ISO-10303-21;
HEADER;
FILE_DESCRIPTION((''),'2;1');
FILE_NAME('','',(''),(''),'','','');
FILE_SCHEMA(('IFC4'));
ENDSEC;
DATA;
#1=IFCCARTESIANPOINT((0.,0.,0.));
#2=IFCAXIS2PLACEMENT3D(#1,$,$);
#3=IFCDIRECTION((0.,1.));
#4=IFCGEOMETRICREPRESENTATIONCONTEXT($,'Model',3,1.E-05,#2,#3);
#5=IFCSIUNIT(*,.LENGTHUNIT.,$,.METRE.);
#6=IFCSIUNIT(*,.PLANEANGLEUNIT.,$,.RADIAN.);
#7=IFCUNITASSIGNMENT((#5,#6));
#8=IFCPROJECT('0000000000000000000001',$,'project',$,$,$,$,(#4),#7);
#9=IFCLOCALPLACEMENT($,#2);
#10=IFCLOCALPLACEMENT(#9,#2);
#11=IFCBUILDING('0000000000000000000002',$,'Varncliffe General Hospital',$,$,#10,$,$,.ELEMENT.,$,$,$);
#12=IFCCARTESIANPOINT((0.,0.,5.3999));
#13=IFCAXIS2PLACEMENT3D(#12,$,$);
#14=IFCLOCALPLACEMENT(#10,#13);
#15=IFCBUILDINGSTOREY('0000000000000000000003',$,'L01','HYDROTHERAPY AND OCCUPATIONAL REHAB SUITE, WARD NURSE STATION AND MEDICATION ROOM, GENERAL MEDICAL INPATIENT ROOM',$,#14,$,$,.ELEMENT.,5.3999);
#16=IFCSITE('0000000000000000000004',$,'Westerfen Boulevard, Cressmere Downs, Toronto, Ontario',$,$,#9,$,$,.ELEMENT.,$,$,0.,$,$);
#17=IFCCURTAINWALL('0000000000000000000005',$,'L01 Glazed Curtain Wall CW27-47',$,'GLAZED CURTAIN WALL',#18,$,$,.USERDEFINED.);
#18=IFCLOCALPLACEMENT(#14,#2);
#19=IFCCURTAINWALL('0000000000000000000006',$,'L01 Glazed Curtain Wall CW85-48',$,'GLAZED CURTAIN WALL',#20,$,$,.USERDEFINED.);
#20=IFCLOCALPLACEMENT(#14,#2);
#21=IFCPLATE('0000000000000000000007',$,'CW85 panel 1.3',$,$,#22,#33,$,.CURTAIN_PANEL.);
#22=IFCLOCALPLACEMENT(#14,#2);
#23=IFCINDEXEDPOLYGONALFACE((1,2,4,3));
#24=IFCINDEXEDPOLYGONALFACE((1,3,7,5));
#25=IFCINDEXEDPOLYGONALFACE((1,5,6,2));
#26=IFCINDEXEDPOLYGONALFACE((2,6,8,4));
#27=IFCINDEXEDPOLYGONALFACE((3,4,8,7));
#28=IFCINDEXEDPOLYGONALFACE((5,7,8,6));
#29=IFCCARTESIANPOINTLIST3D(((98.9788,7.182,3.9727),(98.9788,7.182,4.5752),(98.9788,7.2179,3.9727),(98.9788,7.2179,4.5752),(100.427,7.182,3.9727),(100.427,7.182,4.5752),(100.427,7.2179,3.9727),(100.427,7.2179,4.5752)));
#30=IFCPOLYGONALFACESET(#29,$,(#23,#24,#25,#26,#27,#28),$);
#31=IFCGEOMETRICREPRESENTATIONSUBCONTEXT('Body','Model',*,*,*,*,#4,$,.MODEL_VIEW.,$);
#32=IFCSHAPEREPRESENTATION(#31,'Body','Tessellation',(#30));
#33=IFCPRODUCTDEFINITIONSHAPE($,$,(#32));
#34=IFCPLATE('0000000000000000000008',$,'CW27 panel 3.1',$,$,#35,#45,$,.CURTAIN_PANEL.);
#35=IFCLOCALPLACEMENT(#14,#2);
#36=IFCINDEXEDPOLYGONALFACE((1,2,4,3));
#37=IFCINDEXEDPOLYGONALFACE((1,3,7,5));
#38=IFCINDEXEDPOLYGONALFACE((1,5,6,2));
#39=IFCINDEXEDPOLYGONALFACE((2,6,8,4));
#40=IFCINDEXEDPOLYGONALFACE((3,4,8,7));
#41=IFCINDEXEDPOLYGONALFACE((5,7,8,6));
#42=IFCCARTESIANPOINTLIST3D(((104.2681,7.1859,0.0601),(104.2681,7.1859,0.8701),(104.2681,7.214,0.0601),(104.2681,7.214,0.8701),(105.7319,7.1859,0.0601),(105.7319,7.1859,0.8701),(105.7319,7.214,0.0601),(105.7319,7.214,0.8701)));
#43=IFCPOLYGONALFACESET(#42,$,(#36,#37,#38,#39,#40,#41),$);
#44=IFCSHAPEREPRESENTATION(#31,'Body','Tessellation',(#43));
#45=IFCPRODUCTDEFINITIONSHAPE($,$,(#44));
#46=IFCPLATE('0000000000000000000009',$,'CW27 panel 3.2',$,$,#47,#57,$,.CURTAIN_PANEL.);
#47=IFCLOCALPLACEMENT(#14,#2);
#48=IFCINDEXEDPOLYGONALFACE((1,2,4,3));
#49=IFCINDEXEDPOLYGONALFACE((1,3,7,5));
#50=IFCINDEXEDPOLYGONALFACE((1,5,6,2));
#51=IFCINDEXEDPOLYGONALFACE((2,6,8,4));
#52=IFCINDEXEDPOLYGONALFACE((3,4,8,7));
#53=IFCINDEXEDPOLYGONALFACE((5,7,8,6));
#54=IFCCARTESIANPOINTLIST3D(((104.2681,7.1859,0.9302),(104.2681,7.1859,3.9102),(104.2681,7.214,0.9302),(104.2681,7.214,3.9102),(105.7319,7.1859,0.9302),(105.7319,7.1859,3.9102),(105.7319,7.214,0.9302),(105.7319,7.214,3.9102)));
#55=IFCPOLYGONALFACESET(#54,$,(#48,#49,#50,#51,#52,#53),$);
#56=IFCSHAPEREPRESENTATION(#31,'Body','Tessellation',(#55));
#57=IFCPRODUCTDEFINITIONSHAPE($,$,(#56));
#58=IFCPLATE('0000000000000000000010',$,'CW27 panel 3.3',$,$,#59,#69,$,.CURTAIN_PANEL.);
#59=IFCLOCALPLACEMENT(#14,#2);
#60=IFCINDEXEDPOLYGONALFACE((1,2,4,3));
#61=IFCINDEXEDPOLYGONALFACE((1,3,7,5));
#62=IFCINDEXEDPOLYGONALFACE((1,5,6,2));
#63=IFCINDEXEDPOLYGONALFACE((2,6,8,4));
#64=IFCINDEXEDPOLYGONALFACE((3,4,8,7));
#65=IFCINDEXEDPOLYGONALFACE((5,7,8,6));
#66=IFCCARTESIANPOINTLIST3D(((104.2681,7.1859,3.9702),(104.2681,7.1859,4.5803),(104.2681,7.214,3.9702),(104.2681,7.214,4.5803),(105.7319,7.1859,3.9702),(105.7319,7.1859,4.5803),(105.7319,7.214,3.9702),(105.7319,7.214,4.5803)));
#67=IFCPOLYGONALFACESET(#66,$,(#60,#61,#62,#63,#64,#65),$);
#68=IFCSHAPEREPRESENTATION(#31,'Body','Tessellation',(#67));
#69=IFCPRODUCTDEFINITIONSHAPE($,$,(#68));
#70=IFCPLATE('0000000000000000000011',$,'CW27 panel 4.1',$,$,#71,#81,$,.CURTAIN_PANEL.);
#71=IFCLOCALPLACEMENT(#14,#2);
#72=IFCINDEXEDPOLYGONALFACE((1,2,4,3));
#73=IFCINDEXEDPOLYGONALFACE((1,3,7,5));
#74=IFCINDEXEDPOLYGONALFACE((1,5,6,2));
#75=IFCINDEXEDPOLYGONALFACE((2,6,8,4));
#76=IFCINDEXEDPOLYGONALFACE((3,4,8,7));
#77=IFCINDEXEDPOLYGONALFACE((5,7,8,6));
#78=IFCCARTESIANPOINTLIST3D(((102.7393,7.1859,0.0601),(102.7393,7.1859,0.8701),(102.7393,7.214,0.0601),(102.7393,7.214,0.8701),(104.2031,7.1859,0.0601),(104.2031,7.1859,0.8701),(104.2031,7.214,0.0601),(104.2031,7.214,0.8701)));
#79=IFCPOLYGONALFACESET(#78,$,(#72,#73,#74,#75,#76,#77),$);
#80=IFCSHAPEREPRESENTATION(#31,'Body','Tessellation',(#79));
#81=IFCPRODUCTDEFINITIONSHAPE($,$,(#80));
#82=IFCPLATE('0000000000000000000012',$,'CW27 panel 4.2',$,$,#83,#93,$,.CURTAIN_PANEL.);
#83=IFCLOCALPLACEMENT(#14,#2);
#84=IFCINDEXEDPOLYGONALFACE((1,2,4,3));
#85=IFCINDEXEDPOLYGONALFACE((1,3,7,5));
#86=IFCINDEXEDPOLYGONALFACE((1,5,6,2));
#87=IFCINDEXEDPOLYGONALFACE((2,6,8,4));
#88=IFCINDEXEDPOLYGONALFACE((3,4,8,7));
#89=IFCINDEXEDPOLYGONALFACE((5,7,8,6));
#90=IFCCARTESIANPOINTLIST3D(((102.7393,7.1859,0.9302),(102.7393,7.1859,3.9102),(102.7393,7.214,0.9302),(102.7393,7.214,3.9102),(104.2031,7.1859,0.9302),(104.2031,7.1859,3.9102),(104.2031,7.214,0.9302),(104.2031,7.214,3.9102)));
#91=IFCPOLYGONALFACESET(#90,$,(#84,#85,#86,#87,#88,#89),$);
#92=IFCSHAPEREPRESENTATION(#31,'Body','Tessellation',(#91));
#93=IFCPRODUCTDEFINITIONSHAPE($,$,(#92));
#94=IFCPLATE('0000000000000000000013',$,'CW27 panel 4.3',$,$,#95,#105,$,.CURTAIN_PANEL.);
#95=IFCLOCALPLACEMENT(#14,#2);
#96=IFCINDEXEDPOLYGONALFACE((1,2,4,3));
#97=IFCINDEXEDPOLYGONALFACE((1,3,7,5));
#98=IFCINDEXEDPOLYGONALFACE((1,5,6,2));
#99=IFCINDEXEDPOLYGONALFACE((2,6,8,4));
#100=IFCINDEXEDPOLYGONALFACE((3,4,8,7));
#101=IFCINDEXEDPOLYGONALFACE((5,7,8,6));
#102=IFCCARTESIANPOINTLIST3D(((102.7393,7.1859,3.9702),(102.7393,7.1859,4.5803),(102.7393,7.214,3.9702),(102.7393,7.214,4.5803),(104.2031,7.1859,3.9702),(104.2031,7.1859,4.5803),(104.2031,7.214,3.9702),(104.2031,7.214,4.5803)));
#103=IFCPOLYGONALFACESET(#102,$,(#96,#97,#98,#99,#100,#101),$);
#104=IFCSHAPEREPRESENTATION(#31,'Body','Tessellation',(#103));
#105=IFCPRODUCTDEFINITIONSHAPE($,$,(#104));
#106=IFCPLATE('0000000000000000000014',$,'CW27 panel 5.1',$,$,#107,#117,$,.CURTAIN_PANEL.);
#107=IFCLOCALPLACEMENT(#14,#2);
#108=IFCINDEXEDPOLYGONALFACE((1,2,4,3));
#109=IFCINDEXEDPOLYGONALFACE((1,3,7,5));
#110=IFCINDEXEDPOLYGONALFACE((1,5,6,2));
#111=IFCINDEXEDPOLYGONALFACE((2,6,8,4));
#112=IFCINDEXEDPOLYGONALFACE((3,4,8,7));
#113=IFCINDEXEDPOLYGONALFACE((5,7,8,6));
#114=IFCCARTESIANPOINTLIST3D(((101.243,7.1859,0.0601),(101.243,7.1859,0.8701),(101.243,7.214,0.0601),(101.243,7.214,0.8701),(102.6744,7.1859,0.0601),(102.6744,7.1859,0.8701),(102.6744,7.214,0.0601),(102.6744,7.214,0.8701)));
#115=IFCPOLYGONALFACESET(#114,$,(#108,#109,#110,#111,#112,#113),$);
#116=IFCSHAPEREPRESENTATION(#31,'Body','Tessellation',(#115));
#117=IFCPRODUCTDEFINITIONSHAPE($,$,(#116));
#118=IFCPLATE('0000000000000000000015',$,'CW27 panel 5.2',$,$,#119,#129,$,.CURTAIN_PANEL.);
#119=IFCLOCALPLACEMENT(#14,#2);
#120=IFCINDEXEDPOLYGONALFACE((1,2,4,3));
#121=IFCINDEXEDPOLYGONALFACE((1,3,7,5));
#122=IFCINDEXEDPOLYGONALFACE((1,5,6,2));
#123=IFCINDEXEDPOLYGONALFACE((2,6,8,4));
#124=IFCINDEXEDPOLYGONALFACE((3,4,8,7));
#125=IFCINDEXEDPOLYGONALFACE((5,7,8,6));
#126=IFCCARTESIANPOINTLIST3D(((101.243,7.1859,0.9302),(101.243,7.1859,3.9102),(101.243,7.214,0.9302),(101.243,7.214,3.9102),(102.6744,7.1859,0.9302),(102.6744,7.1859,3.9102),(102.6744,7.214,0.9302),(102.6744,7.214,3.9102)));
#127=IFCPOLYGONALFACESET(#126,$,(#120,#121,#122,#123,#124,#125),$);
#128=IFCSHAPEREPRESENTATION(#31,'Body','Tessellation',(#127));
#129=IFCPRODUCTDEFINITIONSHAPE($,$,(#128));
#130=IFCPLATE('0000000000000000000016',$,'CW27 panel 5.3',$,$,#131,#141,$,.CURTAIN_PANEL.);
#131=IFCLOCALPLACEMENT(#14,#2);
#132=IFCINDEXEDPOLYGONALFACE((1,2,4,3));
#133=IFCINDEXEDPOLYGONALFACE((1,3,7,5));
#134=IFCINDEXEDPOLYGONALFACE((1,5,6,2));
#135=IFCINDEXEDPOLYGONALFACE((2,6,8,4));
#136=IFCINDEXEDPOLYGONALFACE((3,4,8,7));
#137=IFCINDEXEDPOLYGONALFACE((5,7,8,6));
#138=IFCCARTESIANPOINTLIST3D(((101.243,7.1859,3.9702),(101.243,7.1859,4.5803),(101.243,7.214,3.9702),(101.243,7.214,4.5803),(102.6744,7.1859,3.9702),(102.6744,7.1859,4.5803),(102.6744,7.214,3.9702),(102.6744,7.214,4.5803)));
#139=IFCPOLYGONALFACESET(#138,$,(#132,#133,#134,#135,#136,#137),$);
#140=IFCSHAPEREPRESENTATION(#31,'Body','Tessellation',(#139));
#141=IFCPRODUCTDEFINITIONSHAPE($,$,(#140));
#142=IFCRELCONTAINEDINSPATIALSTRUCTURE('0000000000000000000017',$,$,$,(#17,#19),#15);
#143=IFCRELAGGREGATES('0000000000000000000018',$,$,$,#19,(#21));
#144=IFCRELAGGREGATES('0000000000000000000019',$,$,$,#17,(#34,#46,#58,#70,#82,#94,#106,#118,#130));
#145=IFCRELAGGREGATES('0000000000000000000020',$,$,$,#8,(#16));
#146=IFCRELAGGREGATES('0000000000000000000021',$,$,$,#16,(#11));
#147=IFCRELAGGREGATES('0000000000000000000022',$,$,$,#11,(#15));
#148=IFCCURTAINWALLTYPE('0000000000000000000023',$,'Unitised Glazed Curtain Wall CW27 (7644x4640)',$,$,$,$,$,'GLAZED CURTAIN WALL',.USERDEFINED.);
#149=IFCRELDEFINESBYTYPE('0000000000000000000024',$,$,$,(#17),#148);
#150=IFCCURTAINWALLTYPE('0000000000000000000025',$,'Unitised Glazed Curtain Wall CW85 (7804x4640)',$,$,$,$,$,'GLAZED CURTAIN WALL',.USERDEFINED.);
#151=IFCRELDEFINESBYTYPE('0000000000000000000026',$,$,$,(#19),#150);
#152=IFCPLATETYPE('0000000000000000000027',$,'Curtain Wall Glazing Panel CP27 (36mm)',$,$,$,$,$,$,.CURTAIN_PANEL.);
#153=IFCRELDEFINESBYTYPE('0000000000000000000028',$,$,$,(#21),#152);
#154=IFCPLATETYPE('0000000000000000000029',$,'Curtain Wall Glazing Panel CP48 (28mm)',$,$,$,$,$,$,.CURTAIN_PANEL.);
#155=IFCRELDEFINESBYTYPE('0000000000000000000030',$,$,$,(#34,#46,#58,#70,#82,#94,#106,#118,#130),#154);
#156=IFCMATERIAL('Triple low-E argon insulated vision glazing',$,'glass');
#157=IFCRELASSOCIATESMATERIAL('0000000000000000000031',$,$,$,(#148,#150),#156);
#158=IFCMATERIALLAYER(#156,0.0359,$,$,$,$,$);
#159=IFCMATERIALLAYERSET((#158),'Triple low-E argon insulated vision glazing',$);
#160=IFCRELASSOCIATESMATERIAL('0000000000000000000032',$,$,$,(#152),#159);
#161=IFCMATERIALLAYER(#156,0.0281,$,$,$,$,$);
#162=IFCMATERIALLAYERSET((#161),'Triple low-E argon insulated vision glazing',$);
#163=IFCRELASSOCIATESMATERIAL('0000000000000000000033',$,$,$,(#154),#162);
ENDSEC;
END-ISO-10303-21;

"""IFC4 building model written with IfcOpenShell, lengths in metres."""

from ifc_helpers import new_model, si_unit, direction, frame, origin, origin_2d, place, context, subcontext, project, spatial, rectangle, extrude, material, layer, layer_set, type_object, element, aggregate, save


model = new_model("IFC4")

# Units and contexts
model_context = context("Model", 3, precision=1e-05, world=origin(), true_north=direction((0.0, 1.0)))
body_context = subcontext(model_context, "Body", "Model", "MODEL_VIEW")
ifc_project = project(units=[si_unit("LENGTHUNIT", "METRE"), si_unit("PLANEANGLEUNIT", "RADIAN")], contexts=[model_context])

# Site, building, storey
site_placement = place(None, origin())
site = spatial("IfcSite", under=ifc_project, at=site_placement, Name="Westerfen Boulevard, Cressmere Downs, Toronto, Ontario", CompositionType="ELEMENT", RefElevation=0.0)
building_placement = place(site_placement, origin())
building = spatial("IfcBuilding", under=site, at=building_placement, Name="Varncliffe General Hospital", CompositionType="ELEMENT")
storey_placement = place(building_placement, frame((0.0, 0.0, 5.3999)))
storey = spatial("IfcBuildingStorey", under=building, at=storey_placement, Name="L01", Description="HYDROTHERAPY AND OCCUPATIONAL REHAB SUITE, WARD NURSE STATION AND MEDICATION ROOM, GENERAL MEDICAL INPATIENT ROOM", CompositionType="ELEMENT", Elevation=5.3999)

# Curtain wall
ifc_material_1 = material(Name="Triple low-E argon insulated vision glazing", Category="glass")
curtain_wall_type_1 = type_object("IfcCurtainWallType", Name="Unitised Glazed Curtain Wall CW27 (7644x4640)", ElementType="GLAZED CURTAIN WALL", PredefinedType="USERDEFINED", material=ifc_material_1)
curtain_wall_1_placement = place(storey_placement, origin())
curtain_wall_1 = element("IfcCurtainWall", 1, at=curtain_wall_1_placement, inside=storey, type_object=curtain_wall_type_1, Name="L01 Glazed Curtain Wall CW27-47", ObjectType="GLAZED CURTAIN WALL", PredefinedType="USERDEFINED")

# Curtain wall
curtain_wall_type_2 = type_object("IfcCurtainWallType", Name="Unitised Glazed Curtain Wall CW85 (7804x4640)", ElementType="GLAZED CURTAIN WALL", PredefinedType="USERDEFINED", material=ifc_material_1)
curtain_wall_2_placement = place(storey_placement, origin())
curtain_wall_2 = element("IfcCurtainWall", 2, at=curtain_wall_2_placement, inside=storey, type_object=curtain_wall_type_2, Name="L01 Glazed Curtain Wall CW85-48", ObjectType="GLAZED CURTAIN WALL", PredefinedType="USERDEFINED")

# Plates
ifc_layer_1 = layer(ifc_material_1, 0.0359)
ifc_layer_set_1 = layer_set([ifc_layer_1], Name="Triple low-E argon insulated vision glazing")
plate_type_1 = type_object("IfcPlateType", Name="Curtain Wall Glazing Panel CP27 (36mm)", PredefinedType="CURTAIN_PANEL", material=ifc_layer_set_1)
plate_1_placement = place(storey_placement, frame((99.7029, 7.2, 3.9727), z_axis=(0.0, 0.0, 1.0), x_axis=(-1.0, 0.0, 0.0)))
plate_1 = element("IfcPlate", 3, at=plate_1_placement, type_object=plate_type_1, Name="CW85 panel 1.3", PredefinedType="CURTAIN_PANEL", context=body_context, shape_type="SweptSolid", body=[
    extrude(rectangle(XDim=1.4482, YDim=0.0359, at=origin_2d()), origin(), (0.0, 0.0, 1.0), 0.6025),
])
aggregate(curtain_wall_2, [plate_1])
ifc_layer_2 = layer(ifc_material_1, 0.0281)
ifc_layer_set_2 = layer_set([ifc_layer_2], Name="Triple low-E argon insulated vision glazing")
plate_type_2 = type_object("IfcPlateType", Name="Curtain Wall Glazing Panel CP48 (28mm)", PredefinedType="CURTAIN_PANEL", material=ifc_layer_set_2)
plate_2_placement = place(storey_placement, frame((105.0, 7.2, 0.0601), z_axis=(0.0, 0.0, 1.0), x_axis=(-1.0, 0.0, 0.0)))
plate_2 = element("IfcPlate", 4, at=plate_2_placement, type_object=plate_type_2, Name="CW27 panel 3.1", PredefinedType="CURTAIN_PANEL", context=body_context, shape_type="SweptSolid", body=[
    extrude(rectangle(XDim=1.4639, YDim=0.0281, at=origin_2d()), origin(), (0.0, 0.0, 1.0), 0.8101),
])
plate_3_placement = place(storey_placement, frame((105.0, 7.2, 0.9302), z_axis=(0.0, 0.0, 1.0), x_axis=(-1.0, 0.0, 0.0)))
plate_3 = element("IfcPlate", 5, at=plate_3_placement, type_object=plate_type_2, Name="CW27 panel 3.2", PredefinedType="CURTAIN_PANEL", context=body_context, shape_type="SweptSolid", body=[
    extrude(rectangle(XDim=1.4639, YDim=0.0281, at=origin_2d()), origin(), (0.0, 0.0, 1.0), 2.98),
])
plate_4_placement = place(storey_placement, frame((105.0, 7.2, 3.9702), z_axis=(0.0, 0.0, 1.0), x_axis=(-1.0, 0.0, 0.0)))
plate_4 = element("IfcPlate", 6, at=plate_4_placement, type_object=plate_type_2, Name="CW27 panel 3.3", PredefinedType="CURTAIN_PANEL", context=body_context, shape_type="SweptSolid", body=[
    extrude(rectangle(XDim=1.4639, YDim=0.0281, at=origin_2d()), origin(), (0.0, 0.0, 1.0), 0.6101),
])
plate_5_placement = place(storey_placement, frame((103.4712, 7.2, 0.0601), z_axis=(0.0, 0.0, 1.0), x_axis=(-1.0, 0.0, 0.0)))
plate_5 = element("IfcPlate", 7, at=plate_5_placement, type_object=plate_type_2, Name="CW27 panel 4.1", PredefinedType="CURTAIN_PANEL", context=body_context, shape_type="SweptSolid", body=[
    extrude(rectangle(XDim=1.4639, YDim=0.0281, at=origin_2d()), origin(), (0.0, 0.0, 1.0), 0.8101),
])
plate_6_placement = place(storey_placement, frame((103.4712, 7.2, 0.9302), z_axis=(0.0, 0.0, 1.0), x_axis=(-1.0, 0.0, 0.0)))
plate_6 = element("IfcPlate", 8, at=plate_6_placement, type_object=plate_type_2, Name="CW27 panel 4.2", PredefinedType="CURTAIN_PANEL", context=body_context, shape_type="SweptSolid", body=[
    extrude(rectangle(XDim=1.4639, YDim=0.0281, at=origin_2d()), origin(), (0.0, 0.0, 1.0), 2.98),
])
plate_7_placement = place(storey_placement, frame((103.4712, 7.2, 3.9702), z_axis=(0.0, 0.0, 1.0), x_axis=(-1.0, 0.0, 0.0)))
plate_7 = element("IfcPlate", 9, at=plate_7_placement, type_object=plate_type_2, Name="CW27 panel 4.3", PredefinedType="CURTAIN_PANEL", context=body_context, shape_type="SweptSolid", body=[
    extrude(rectangle(XDim=1.4639, YDim=0.0281, at=origin_2d()), origin(), (0.0, 0.0, 1.0), 0.6101),
])
plate_8_placement = place(storey_placement, frame((101.9587, 7.2, 0.0601), z_axis=(0.0, 0.0, 1.0), x_axis=(-1.0, 0.0, 0.0)))
plate_8 = element("IfcPlate", 10, at=plate_8_placement, type_object=plate_type_2, Name="CW27 panel 5.1", PredefinedType="CURTAIN_PANEL", context=body_context, shape_type="SweptSolid", body=[
    extrude(rectangle(XDim=1.4314, YDim=0.0281, at=origin_2d()), origin(), (0.0, 0.0, 1.0), 0.8101),
])
plate_9_placement = place(storey_placement, frame((101.9587, 7.2, 0.9302), z_axis=(0.0, 0.0, 1.0), x_axis=(-1.0, 0.0, 0.0)))
plate_9 = element("IfcPlate", 11, at=plate_9_placement, type_object=plate_type_2, Name="CW27 panel 5.2", PredefinedType="CURTAIN_PANEL", context=body_context, shape_type="SweptSolid", body=[
    extrude(rectangle(XDim=1.4314, YDim=0.0281, at=origin_2d()), origin(), (0.0, 0.0, 1.0), 2.98),
])
plate_10_placement = place(storey_placement, frame((101.9587, 7.2, 3.9702), z_axis=(0.0, 0.0, 1.0), x_axis=(-1.0, 0.0, 0.0)))
plate_10 = element("IfcPlate", 12, at=plate_10_placement, type_object=plate_type_2, Name="CW27 panel 5.3", PredefinedType="CURTAIN_PANEL", context=body_context, shape_type="SweptSolid", body=[
    extrude(rectangle(XDim=1.4314, YDim=0.0281, at=origin_2d()), origin(), (0.0, 0.0, 1.0), 0.6101),
])
aggregate(curtain_wall_1, [plate_2, plate_3, plate_4, plate_5, plate_6, plate_7, plate_8, plate_9, plate_10])

save(model, "model.ifc")
